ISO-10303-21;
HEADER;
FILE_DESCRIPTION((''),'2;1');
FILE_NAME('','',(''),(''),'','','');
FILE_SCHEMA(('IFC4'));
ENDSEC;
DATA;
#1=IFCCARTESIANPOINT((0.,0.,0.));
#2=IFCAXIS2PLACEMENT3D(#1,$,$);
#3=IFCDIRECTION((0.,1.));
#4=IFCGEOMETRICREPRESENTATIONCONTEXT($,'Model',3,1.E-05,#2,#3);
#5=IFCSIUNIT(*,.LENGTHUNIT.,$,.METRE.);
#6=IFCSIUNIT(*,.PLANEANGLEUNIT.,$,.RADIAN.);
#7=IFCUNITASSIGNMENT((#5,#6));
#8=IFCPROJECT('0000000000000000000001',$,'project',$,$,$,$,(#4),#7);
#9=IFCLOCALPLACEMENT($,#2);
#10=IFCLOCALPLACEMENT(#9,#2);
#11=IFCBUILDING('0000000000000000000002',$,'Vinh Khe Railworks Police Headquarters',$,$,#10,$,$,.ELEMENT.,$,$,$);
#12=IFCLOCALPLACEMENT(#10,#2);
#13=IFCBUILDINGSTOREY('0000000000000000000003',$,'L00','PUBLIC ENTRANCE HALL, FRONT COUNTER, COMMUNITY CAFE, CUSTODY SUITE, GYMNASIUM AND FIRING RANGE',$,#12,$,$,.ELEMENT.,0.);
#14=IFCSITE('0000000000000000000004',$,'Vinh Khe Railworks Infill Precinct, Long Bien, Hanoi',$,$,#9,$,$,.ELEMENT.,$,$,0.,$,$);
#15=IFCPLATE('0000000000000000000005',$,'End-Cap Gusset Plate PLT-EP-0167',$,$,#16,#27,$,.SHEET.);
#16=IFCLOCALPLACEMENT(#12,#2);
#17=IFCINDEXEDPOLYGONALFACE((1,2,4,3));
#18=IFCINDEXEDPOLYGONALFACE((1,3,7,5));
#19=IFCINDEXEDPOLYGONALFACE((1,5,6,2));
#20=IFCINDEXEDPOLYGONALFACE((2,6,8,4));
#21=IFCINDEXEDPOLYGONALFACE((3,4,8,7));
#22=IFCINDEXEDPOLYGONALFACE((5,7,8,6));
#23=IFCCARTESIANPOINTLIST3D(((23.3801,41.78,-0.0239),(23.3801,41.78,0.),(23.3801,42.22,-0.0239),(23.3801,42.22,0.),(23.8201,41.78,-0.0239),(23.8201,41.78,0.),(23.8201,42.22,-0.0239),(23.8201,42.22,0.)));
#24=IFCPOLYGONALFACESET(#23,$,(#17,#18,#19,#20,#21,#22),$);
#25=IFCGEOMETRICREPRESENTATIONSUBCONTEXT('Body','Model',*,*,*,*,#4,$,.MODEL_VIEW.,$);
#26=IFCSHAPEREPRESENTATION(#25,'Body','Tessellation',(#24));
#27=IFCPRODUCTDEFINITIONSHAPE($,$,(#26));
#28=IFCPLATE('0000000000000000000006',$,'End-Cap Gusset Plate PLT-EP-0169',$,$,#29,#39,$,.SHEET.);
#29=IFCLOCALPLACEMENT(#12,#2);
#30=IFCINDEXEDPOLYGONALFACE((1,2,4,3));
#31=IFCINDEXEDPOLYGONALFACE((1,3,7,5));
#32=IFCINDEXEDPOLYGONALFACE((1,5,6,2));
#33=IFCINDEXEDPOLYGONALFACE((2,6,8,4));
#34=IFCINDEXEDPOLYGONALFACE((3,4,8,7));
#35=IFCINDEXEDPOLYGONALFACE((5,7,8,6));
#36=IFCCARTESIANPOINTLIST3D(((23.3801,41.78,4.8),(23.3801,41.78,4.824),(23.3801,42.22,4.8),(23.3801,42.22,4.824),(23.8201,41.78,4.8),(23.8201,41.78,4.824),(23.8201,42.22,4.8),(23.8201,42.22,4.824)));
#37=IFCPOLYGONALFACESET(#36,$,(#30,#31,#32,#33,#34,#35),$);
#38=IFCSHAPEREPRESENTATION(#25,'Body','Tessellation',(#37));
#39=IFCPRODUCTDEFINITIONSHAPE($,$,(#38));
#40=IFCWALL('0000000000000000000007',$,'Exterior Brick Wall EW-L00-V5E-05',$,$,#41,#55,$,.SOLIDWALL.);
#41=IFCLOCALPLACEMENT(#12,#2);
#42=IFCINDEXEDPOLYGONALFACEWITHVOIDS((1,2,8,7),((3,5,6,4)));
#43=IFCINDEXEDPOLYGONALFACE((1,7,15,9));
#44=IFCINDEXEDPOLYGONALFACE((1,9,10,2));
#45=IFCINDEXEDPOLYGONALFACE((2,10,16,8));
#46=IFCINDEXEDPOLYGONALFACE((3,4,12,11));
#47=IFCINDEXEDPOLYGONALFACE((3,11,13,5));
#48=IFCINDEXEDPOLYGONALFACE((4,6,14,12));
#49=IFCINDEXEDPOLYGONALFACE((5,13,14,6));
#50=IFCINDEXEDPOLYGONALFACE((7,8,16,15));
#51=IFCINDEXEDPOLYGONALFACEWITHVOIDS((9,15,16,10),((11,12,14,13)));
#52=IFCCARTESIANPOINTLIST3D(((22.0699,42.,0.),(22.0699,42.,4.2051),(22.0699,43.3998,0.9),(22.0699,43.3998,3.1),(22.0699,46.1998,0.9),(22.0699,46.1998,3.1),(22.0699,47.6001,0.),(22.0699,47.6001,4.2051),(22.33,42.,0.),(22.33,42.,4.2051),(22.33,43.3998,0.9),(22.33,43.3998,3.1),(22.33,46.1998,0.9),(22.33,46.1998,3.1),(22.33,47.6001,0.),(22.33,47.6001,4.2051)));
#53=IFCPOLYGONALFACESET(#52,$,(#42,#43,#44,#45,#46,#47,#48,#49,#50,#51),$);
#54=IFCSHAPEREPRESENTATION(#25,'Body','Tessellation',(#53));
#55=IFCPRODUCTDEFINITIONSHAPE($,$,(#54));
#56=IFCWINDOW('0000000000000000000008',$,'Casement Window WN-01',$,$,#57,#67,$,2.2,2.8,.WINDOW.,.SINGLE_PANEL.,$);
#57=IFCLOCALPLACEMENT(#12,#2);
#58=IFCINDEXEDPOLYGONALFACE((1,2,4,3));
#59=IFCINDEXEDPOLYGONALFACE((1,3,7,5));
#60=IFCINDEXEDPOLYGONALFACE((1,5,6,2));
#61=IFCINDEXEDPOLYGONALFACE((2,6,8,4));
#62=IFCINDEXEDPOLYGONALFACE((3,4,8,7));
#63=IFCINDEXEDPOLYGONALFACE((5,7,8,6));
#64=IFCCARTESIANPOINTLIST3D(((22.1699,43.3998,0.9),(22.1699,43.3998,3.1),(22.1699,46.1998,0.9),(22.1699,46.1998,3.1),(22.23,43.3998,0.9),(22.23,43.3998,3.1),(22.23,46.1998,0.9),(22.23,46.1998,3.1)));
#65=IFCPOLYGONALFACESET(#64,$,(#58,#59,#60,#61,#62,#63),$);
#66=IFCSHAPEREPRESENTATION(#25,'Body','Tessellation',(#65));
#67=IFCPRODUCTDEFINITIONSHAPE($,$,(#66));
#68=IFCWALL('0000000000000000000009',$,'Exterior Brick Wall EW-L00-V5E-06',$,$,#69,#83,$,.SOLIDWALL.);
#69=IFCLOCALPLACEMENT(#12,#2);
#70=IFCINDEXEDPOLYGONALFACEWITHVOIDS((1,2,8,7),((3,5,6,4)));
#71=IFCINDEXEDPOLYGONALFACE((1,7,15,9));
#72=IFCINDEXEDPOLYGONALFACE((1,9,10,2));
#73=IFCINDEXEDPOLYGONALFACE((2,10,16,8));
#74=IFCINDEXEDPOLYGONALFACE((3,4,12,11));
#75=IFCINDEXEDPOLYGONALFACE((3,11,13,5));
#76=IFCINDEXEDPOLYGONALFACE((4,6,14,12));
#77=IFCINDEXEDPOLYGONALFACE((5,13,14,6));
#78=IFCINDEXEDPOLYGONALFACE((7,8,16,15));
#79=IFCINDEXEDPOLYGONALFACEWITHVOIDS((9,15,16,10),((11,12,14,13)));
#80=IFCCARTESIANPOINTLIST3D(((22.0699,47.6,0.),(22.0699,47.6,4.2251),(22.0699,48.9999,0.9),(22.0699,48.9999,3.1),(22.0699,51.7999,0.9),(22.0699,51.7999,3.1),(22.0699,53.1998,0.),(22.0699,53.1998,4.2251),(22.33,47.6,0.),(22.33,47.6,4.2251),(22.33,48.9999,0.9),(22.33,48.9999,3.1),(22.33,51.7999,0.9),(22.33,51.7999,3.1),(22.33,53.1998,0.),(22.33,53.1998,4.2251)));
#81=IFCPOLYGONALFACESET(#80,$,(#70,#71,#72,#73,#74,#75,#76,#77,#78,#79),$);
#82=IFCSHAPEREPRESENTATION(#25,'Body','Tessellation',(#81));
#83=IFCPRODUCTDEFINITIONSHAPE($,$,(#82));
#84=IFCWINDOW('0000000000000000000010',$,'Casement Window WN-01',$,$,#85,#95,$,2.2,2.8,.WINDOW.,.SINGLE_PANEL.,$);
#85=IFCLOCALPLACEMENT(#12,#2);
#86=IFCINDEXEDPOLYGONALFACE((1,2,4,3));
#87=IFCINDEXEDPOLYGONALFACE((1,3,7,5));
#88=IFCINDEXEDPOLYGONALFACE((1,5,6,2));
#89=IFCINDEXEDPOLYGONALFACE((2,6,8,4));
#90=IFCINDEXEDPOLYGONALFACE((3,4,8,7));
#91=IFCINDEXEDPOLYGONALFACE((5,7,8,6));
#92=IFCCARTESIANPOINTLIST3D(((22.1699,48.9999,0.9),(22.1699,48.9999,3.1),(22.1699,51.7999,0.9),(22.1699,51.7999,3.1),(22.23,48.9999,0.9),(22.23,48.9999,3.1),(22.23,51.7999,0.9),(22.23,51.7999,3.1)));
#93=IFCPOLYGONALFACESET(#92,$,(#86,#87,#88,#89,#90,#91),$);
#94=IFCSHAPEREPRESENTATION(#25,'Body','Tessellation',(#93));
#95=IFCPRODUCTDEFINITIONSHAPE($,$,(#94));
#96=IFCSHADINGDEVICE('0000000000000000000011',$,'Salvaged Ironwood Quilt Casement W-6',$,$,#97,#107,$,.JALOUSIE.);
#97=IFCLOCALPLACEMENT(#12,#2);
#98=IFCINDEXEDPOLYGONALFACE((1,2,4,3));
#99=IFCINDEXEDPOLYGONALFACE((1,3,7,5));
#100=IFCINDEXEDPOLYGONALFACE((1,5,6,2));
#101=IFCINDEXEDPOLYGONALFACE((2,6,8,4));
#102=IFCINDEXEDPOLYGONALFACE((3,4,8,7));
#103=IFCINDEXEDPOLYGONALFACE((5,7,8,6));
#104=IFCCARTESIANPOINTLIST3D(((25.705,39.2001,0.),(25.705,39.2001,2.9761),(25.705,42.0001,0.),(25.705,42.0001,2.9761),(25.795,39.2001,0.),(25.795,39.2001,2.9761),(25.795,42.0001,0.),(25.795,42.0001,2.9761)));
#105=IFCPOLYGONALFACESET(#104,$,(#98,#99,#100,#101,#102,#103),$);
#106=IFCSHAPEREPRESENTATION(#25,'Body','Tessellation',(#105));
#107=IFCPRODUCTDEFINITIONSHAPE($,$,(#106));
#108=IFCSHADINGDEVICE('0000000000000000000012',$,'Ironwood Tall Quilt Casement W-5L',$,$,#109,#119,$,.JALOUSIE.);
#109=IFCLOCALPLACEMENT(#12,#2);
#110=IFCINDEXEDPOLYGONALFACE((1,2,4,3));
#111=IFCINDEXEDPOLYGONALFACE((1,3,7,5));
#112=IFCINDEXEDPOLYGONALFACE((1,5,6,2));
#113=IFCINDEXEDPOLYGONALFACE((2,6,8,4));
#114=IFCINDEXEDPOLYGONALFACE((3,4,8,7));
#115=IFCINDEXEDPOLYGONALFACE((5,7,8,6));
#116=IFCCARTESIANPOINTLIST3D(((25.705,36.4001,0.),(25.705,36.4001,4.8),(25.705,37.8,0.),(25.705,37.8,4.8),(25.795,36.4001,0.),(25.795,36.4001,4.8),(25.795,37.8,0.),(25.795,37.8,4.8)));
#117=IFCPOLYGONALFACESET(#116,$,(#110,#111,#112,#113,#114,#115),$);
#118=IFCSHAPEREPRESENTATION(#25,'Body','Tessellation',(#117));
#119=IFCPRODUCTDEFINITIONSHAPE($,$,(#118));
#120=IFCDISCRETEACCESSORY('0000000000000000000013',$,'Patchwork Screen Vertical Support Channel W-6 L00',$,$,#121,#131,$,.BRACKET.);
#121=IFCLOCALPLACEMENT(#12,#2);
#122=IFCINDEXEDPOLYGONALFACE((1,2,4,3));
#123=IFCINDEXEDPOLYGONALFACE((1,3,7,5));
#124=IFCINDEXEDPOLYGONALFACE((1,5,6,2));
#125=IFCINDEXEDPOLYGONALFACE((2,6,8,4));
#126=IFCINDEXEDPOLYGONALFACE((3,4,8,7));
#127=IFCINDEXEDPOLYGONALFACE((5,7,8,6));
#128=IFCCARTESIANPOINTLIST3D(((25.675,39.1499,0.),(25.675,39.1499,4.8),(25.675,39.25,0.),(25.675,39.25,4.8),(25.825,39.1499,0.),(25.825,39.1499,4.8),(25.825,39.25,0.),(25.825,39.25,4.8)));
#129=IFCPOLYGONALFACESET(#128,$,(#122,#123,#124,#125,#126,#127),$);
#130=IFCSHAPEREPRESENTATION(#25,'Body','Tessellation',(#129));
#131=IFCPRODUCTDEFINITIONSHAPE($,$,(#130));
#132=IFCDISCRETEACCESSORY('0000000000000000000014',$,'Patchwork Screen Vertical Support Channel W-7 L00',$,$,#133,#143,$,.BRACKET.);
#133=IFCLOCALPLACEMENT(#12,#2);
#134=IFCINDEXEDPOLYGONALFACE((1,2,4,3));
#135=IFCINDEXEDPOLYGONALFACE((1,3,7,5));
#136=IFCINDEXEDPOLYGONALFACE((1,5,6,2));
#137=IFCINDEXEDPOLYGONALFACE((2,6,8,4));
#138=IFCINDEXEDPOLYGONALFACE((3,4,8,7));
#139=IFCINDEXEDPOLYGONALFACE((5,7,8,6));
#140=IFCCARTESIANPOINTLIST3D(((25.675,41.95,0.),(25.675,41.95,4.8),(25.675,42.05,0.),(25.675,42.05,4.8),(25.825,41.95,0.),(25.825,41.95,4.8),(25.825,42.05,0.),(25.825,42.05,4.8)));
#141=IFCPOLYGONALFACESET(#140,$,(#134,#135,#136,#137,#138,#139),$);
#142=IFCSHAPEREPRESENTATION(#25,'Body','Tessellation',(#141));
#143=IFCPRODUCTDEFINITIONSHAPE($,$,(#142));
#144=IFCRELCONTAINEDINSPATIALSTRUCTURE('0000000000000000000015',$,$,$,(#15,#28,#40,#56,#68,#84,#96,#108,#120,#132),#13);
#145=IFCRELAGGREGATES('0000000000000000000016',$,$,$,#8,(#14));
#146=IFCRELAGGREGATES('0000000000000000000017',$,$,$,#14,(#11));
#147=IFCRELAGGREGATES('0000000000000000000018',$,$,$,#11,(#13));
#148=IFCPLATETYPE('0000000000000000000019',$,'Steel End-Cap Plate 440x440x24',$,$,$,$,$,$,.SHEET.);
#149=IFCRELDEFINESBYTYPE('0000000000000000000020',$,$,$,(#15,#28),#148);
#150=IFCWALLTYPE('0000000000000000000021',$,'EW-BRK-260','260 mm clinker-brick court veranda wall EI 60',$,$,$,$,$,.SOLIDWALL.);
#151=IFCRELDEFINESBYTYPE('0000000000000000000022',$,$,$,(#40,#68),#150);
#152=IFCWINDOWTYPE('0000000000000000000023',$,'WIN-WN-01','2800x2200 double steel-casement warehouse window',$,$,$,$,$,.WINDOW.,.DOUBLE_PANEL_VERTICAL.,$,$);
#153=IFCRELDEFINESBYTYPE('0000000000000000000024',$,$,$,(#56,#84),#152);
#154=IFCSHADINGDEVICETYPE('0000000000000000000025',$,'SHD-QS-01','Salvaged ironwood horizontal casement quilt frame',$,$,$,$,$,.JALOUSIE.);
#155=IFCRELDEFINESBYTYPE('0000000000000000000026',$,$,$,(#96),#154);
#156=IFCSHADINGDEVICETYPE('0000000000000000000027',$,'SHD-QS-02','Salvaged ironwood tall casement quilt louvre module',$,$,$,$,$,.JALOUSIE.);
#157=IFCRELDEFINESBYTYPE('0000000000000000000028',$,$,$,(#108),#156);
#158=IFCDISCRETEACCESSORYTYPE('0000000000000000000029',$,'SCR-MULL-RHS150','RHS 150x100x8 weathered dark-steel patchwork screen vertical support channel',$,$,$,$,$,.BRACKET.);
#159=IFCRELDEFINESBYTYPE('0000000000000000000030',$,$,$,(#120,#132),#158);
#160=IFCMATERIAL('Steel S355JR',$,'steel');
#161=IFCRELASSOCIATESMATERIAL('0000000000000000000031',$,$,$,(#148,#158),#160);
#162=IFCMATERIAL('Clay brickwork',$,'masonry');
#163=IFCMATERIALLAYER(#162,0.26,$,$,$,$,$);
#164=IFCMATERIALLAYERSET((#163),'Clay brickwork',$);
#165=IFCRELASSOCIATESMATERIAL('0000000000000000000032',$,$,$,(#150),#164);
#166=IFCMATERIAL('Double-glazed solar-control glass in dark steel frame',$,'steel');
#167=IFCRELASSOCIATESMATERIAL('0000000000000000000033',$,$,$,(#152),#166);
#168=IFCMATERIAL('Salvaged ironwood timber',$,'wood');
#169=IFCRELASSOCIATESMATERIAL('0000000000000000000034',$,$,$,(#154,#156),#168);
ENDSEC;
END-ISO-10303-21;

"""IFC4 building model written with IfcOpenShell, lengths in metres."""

from ifc_helpers import new_model, si_unit, direction, frame, frame_2d, origin, origin_2d, place, context, subcontext, project, spatial, rectangle, extrude, material, layer, layer_set, material_profile, profile_set, type_object, element, fill, save


model = new_model("IFC4")

# Units and contexts
model_context = context("Model", 3, precision=1e-05, world=origin(), true_north=direction((0.0, 1.0)))
body_context = subcontext(model_context, "Body", "Model", "MODEL_VIEW")
ifc_project = project(units=[si_unit("LENGTHUNIT", "METRE"), si_unit("PLANEANGLEUNIT", "RADIAN")], contexts=[model_context])

# Site, building, storey
site_placement = place(None, origin())
site = spatial("IfcSite", under=ifc_project, at=site_placement, Name="Vinh Khe Railworks Infill Precinct, Long Bien, Hanoi", CompositionType="ELEMENT", RefElevation=0.0)
building_placement = place(site_placement, origin())
building = spatial("IfcBuilding", under=site, at=building_placement, Name="Vinh Khe Railworks Police Headquarters", CompositionType="ELEMENT")
storey_placement = place(building_placement, origin())
storey = spatial("IfcBuildingStorey", under=building, at=storey_placement, Name="L00", Description="PUBLIC ENTRANCE HALL, FRONT COUNTER, COMMUNITY CAFE, CUSTODY SUITE, GYMNASIUM AND FIRING RANGE", CompositionType="ELEMENT", Elevation=0.0)

# Shared definitions
ifc_material_1 = material(Name="Steel S355JR", Category="steel")

# Shared definitions
ifc_material_2 = material(Name="Salvaged ironwood timber", Category="wood")

# Plates
ifc_material_profile_1 = material_profile(ifc_material_1, rectangle(XDim=0.4399, YDim=0.4399, at=origin_2d()), Name="PL 440x440")
ifc_profile_set_1 = profile_set([ifc_material_profile_1], Name="Steel S355JR")
plate_type_1 = type_object("IfcPlateType", Name="Steel End-Cap Plate 440x440x24", PredefinedType="SHEET", material=ifc_profile_set_1)
for number, where, z_axis, x_axis, name in (
    (1, (23.6001, 42.0, 0.0), (0.0, 0.0, -1.0), (1.0, 0.0, 0.0), "End-Cap Gusset Plate PLT-EP-0167"),
    (2, (23.6001, 42.0, 4.8), (0.0, 0.0, 1.0), (1.0, 0.0, 0.0), "End-Cap Gusset Plate PLT-EP-0169"),
):
    element("IfcPlate", number, at=place(storey_placement, frame(where, z_axis=z_axis, x_axis=x_axis)), inside=storey, type_object=plate_type_1, Name=name, PredefinedType="SHEET", context=body_context, shape_type="SweptSolid", body=[
        extrude(rectangle(XDim=0.4399, YDim=0.4399, at=origin_2d()), origin(), (0.0, 0.0, 1.0), 0.0239),
    ])

# Walls, openings, windows
ifc_material_3 = material(Name="Clay brickwork", Category="masonry")
ifc_layer = layer(ifc_material_3, 0.26)
ifc_layer_set = layer_set([ifc_layer], Name="Clay brickwork")
wall_type = type_object("IfcWallType", Name="EW-BRK-260", Description="260 mm clinker-brick court veranda wall EI 60", PredefinedType="SOLIDWALL", material=ifc_layer_set)
wall_1_placement = place(storey_placement, frame((22.2, 42.0, 0.0), z_axis=(0.0, 0.0, 1.0), x_axis=(0.0, 1.0, 0.0)))
wall_1 = element("IfcWall", 3, at=wall_1_placement, inside=storey, type_object=wall_type, Name="Exterior Brick Wall EW-L00-V5E-05", PredefinedType="SOLIDWALL", context=body_context, shape_type="SweptSolid", body=[
    extrude(rectangle(XDim=5.6001, YDim=0.26, at=frame_2d((2.8, 0.0))), origin(), (0.0, 0.0, 1.0), 4.2051),
])
opening_1_placement = place(wall_1_placement, frame((1.3999, 0.0, 0.8999)))
opening_1 = element("IfcOpeningElement", 4, at=opening_1_placement, cuts=wall_1, PredefinedType="OPENING", context=body_context, shape_type="SweptSolid", body=[
    extrude(rectangle(XDim=2.8, YDim=2.2, at=frame_2d((1.3999, 1.1001))), frame((0.0, 0.145, 0.0), z_axis=(0.0, -1.0, 0.0), x_axis=(1.0, 0.0, 0.0)), (0.0, 0.0, 1.0), 0.2898),
])
ifc_material_4 = material(Name="Double-glazed solar-control glass in dark steel frame", Category="steel")
window_type = type_object("IfcWindowType", Name="WIN-WN-01", Description="2800x2200 double steel-casement warehouse window", PartitioningType="DOUBLE_PANEL_VERTICAL", PredefinedType="WINDOW", material=ifc_material_4)
window_1_placement = place(opening_1_placement, origin())
window_1 = element("IfcWindow", 5, at=window_1_placement, inside=storey, type_object=window_type, Name="Casement Window WN-01", OverallHeight=2.2, OverallWidth=2.8, PartitioningType="SINGLE_PANEL", PredefinedType="WINDOW", context=body_context, shape_type="SweptSolid", body=[
    extrude(rectangle(XDim=2.8, YDim=2.2, at=frame_2d((1.3999, 1.1001))), frame((0.0, 0.03, 0.0), z_axis=(0.0, -1.0, 0.0), x_axis=(1.0, 0.0, 0.0)), (0.0, 0.0, 1.0), 0.0601),
])
fill(opening_1, window_1)
wall_2_placement = place(storey_placement, frame((22.2, 47.6001, 0.0), z_axis=(0.0, 0.0, 1.0), x_axis=(0.0, 1.0, 0.0)))
wall_2 = element("IfcWall", 6, at=wall_2_placement, inside=storey, type_object=wall_type, Name="Exterior Brick Wall EW-L00-V5E-06", PredefinedType="SOLIDWALL", context=body_context, shape_type="SweptSolid", body=[
    extrude(rectangle(XDim=5.5999, YDim=0.26, at=frame_2d((2.7998, 0.0))), origin(), (0.0, 0.0, 1.0), 4.2251),
])
opening_2_placement = place(wall_2_placement, frame((1.3999, 0.0, 0.8999)))
opening_2 = element("IfcOpeningElement", 7, at=opening_2_placement, cuts=wall_2, PredefinedType="OPENING", context=body_context, shape_type="SweptSolid", body=[
    extrude(rectangle(XDim=2.8, YDim=2.2, at=frame_2d((1.3999, 1.1001))), frame((0.0, 0.145, 0.0), z_axis=(0.0, -1.0, 0.0), x_axis=(1.0, 0.0, 0.0)), (0.0, 0.0, 1.0), 0.2898),
])
window_2_placement = place(opening_2_placement, origin())
window_2 = element("IfcWindow", 8, at=window_2_placement, inside=storey, type_object=window_type, Name="Casement Window WN-01", OverallHeight=2.2, OverallWidth=2.8, PartitioningType="SINGLE_PANEL", PredefinedType="WINDOW", context=body_context, shape_type="SweptSolid", body=[
    extrude(rectangle(XDim=2.8, YDim=2.2, at=frame_2d((1.3999, 1.1001))), frame((0.0, 0.03, 0.0), z_axis=(0.0, -1.0, 0.0), x_axis=(1.0, 0.0, 0.0)), (0.0, 0.0, 1.0), 0.0601),
])
fill(opening_2, window_2)

# Shading devices
shading_device_type_1 = type_object("IfcShadingDeviceType", Name="SHD-QS-01", Description="Salvaged ironwood horizontal casement quilt frame", PredefinedType="JALOUSIE", material=ifc_material_2)
shading_device_1_placement = place(storey_placement, frame((25.75, 40.6001, 0.0), z_axis=(0.0, 0.0, 1.0), x_axis=(0.0, 1.0, 0.0)))
element("IfcShadingDevice", 9, at=shading_device_1_placement, inside=storey, type_object=shading_device_type_1, Name="Salvaged Ironwood Quilt Casement W-6", PredefinedType="JALOUSIE", context=body_context, shape_type="SweptSolid", body=[
    extrude(rectangle(XDim=2.8, YDim=0.0901, at=origin_2d()), origin(), (0.0, 0.0, 1.0), 2.9761),
])
shading_device_type_2 = type_object("IfcShadingDeviceType", Name="SHD-QS-02", Description="Salvaged ironwood tall casement quilt louvre module", PredefinedType="JALOUSIE", material=ifc_material_2)
shading_device_2_placement = place(storey_placement, frame((25.75, 37.1001, 0.0), z_axis=(0.0, 0.0, 1.0), x_axis=(0.0, 1.0, 0.0)))
element("IfcShadingDevice", 10, at=shading_device_2_placement, inside=storey, type_object=shading_device_type_2, Name="Ironwood Tall Quilt Casement W-5L", PredefinedType="JALOUSIE", context=body_context, shape_type="SweptSolid", body=[
    extrude(rectangle(XDim=1.3999, YDim=0.0901, at=origin_2d()), origin(), (0.0, 0.0, 1.0), 4.8),
])

# Discrete accessories
discrete_accessory_type = type_object("IfcDiscreteAccessoryType", Name="SCR-MULL-RHS150", Description="RHS 150x100x8 weathered dark-steel patchwork screen vertical support channel", PredefinedType="BRACKET", material=ifc_material_1)
for number, where, z_axis, x_axis, name in (
    (11, (25.75, 39.2, 0.0), (0.0, 0.0, 1.0), (1.0, 0.0, 0.0), "Patchwork Screen Vertical Support Channel W-6 L00"),
    (12, (25.75, 42.0, 0.0), (0.0, 0.0, 1.0), (1.0, 0.0, 0.0), "Patchwork Screen Vertical Support Channel W-7 L00"),
):
    element("IfcDiscreteAccessory", number, at=place(storey_placement, frame(where, z_axis=z_axis, x_axis=x_axis)), inside=storey, type_object=discrete_accessory_type, Name=name, PredefinedType="BRACKET", context=body_context, shape_type="SweptSolid", body=[
        extrude(rectangle(XDim=0.1499, YDim=0.1001, at=origin_2d()), origin(), (0.0, 0.0, 1.0), 4.8),
    ])

save(model, "model.ifc")
